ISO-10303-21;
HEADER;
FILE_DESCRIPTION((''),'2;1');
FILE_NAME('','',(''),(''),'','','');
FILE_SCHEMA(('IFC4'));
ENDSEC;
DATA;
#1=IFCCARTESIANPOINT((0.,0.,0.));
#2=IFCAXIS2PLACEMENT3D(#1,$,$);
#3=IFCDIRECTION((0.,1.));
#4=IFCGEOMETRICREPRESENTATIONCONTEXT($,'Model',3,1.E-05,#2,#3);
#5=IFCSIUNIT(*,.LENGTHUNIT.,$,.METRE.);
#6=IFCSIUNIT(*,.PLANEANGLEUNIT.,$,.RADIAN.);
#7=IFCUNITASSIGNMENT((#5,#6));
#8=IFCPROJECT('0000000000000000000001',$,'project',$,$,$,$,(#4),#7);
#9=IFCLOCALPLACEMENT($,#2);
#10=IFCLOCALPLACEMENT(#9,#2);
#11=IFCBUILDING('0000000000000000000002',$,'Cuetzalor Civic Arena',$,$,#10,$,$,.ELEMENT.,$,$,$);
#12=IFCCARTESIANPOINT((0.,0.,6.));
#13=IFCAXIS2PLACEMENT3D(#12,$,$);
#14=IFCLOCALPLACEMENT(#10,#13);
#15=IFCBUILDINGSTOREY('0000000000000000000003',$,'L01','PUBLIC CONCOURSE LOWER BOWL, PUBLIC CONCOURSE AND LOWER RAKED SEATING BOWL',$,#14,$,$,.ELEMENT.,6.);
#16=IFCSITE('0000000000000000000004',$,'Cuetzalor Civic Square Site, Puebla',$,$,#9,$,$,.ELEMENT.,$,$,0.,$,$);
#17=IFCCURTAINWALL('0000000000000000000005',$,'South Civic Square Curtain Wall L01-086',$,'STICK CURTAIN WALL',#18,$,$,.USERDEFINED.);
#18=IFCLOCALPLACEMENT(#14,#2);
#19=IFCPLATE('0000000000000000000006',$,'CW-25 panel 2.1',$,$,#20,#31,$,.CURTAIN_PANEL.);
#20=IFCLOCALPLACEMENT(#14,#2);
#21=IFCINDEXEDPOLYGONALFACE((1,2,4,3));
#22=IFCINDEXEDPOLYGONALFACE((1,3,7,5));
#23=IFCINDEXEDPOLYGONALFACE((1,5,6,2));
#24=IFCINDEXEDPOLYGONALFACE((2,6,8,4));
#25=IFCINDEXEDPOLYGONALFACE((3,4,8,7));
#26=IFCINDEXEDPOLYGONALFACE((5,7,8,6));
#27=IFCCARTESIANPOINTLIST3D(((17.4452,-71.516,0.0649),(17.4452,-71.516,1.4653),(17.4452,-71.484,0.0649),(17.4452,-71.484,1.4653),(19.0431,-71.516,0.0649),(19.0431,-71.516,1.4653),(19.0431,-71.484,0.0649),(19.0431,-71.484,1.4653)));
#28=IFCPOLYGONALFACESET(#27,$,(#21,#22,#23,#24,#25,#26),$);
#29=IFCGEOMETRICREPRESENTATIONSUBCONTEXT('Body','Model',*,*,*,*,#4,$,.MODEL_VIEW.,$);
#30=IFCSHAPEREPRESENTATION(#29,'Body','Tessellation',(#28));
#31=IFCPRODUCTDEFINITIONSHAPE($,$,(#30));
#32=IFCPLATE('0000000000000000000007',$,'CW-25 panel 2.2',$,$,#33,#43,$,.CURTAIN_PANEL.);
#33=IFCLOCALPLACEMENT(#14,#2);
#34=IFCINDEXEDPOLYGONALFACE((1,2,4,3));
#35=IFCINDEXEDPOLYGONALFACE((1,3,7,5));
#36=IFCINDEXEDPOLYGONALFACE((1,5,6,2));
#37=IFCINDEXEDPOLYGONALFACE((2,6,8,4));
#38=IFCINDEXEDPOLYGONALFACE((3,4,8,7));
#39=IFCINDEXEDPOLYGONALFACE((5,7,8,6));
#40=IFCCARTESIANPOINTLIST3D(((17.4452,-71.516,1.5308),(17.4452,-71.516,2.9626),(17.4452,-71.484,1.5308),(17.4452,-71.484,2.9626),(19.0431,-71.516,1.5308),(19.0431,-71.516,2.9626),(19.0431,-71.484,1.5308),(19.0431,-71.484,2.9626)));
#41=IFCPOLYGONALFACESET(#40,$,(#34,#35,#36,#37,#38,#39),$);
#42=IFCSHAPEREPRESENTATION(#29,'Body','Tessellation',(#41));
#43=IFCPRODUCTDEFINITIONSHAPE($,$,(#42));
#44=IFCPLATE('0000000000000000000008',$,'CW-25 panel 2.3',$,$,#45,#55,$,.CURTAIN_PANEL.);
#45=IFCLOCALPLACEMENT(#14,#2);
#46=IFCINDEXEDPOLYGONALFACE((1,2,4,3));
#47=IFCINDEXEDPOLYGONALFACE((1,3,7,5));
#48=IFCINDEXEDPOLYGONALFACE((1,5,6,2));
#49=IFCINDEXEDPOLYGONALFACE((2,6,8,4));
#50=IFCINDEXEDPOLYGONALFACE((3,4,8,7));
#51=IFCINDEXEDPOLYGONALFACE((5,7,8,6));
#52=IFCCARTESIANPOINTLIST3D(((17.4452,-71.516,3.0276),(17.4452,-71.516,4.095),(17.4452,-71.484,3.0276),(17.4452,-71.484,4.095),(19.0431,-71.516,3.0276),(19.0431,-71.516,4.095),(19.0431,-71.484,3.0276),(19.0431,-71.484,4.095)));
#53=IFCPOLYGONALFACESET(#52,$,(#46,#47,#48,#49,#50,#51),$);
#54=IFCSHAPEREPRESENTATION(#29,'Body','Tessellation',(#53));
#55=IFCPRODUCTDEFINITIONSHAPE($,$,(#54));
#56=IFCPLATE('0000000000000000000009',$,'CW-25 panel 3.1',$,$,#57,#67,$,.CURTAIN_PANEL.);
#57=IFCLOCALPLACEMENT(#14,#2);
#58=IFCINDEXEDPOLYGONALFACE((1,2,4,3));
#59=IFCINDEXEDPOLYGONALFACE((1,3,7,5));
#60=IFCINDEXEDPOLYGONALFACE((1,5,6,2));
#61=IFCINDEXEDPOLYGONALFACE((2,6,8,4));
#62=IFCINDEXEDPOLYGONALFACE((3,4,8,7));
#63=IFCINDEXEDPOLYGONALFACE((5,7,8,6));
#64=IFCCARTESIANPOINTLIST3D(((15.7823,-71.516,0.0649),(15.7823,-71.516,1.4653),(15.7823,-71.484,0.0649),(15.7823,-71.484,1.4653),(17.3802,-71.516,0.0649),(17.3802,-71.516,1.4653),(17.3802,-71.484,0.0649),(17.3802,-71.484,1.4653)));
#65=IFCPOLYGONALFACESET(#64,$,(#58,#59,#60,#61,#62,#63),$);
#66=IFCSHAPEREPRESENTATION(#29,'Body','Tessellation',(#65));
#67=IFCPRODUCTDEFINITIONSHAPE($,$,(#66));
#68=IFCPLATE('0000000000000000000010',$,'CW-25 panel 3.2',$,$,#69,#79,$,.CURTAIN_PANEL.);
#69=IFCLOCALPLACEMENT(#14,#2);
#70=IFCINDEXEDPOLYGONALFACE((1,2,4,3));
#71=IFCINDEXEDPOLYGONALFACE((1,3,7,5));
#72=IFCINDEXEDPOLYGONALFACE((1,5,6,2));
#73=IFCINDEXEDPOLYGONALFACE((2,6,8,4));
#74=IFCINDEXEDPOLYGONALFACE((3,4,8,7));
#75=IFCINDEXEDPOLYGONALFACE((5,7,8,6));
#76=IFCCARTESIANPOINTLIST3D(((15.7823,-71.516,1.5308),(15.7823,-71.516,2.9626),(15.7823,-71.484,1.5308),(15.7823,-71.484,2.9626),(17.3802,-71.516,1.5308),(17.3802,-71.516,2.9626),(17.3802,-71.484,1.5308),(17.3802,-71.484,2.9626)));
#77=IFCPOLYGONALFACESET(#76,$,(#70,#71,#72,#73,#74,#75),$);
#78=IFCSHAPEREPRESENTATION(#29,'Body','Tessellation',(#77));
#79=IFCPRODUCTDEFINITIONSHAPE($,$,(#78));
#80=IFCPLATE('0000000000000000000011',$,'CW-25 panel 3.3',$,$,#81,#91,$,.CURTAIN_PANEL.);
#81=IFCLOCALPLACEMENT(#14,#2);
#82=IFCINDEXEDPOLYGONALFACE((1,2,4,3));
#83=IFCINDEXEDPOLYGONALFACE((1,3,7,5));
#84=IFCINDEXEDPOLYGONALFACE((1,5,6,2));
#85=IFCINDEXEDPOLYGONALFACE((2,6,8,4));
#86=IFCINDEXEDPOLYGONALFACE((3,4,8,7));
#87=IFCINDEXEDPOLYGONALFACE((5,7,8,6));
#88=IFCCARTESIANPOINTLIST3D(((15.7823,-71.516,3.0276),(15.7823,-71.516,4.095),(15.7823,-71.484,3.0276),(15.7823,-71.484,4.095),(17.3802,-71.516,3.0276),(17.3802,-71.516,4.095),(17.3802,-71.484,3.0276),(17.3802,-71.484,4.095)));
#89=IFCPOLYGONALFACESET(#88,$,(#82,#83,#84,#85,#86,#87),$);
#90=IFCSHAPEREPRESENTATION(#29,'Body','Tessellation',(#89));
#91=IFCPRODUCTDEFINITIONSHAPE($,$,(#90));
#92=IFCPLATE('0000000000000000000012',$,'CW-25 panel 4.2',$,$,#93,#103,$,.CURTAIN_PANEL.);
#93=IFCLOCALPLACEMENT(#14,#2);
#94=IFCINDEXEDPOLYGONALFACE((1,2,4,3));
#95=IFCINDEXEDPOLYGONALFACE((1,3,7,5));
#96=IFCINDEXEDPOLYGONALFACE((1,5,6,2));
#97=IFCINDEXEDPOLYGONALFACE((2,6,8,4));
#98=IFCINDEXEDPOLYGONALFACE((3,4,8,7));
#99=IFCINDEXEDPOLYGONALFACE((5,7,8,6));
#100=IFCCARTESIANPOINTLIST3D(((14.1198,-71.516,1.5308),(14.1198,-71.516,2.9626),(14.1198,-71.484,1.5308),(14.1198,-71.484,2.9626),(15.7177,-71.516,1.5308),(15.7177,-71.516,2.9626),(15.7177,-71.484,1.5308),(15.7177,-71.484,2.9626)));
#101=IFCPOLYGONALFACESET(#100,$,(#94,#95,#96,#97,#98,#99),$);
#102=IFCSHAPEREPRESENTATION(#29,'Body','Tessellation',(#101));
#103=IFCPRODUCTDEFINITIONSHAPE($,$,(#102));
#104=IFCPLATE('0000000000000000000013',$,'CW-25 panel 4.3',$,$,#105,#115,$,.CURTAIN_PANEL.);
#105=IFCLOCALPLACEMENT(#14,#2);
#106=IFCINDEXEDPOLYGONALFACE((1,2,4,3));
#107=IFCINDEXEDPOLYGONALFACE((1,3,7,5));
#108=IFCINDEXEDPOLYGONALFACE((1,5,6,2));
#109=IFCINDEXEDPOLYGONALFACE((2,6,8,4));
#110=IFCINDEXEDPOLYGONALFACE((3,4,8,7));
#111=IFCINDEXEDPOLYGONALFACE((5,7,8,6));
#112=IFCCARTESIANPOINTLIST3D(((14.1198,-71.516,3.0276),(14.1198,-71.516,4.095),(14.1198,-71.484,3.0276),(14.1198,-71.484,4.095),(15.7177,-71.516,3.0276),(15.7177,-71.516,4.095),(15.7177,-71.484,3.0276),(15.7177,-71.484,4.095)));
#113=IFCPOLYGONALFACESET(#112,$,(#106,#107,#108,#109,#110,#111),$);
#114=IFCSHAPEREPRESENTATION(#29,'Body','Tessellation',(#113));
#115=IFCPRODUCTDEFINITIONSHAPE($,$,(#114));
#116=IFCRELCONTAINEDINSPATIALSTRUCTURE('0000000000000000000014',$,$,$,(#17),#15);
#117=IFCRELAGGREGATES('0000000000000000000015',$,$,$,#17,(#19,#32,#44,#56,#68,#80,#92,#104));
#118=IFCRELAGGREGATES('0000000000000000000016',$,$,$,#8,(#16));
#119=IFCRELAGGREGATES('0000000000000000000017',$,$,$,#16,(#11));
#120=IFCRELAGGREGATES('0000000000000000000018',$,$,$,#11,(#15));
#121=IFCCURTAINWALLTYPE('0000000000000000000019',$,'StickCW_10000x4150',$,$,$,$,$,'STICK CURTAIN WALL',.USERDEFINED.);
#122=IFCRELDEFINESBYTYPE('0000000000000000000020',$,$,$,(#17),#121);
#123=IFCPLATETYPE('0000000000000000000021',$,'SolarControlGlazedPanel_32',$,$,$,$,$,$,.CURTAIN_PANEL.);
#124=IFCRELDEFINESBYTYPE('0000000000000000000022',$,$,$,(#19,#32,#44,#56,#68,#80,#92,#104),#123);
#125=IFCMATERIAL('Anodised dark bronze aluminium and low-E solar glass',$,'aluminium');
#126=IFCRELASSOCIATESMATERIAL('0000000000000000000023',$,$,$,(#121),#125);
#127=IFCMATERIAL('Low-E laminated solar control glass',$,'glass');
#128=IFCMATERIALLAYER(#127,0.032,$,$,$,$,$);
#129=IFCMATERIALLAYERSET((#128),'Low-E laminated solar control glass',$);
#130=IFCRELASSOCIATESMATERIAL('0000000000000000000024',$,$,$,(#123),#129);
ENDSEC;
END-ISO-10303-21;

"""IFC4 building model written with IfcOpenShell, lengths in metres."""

from ifc_helpers import new_model, si_unit, direction, frame, origin, origin_2d, place, context, subcontext, project, spatial, rectangle, extrude, material, layer, layer_set, type_object, element, aggregate, save


model = new_model("IFC4")

# Units and contexts
model_context = context("Model", 3, precision=1e-05, world=origin(), true_north=direction((0.0, 1.0)))
body_context = subcontext(model_context, "Body", "Model", "MODEL_VIEW")
ifc_project = project(units=[si_unit("LENGTHUNIT", "METRE"), si_unit("PLANEANGLEUNIT", "RADIAN")], contexts=[model_context])

# Site, building, storey
site_placement = place(None, origin())
site = spatial("IfcSite", under=ifc_project, at=site_placement, Name="Cuetzalor Civic Square Site, Puebla", CompositionType="ELEMENT", RefElevation=0.0)
building_placement = place(site_placement, origin())
building = spatial("IfcBuilding", under=site, at=building_placement, Name="Cuetzalor Civic Arena", CompositionType="ELEMENT")
storey_placement = place(building_placement, frame((0.0, 0.0, 6.0)))
storey = spatial("IfcBuildingStorey", under=building, at=storey_placement, Name="L01", Description="PUBLIC CONCOURSE LOWER BOWL, PUBLIC CONCOURSE AND LOWER RAKED SEATING BOWL", CompositionType="ELEMENT", Elevation=6.0)

# Curtain wall, plates
ifc_material_1 = material(Name="Anodised dark bronze aluminium and low-E solar glass", Category="aluminium")
curtain_wall_type = type_object("IfcCurtainWallType", Name="StickCW_10000x4150", ElementType="STICK CURTAIN WALL", PredefinedType="USERDEFINED", material=ifc_material_1)
curtain_wall_placement = place(storey_placement, origin())
curtain_wall = element("IfcCurtainWall", 1, at=curtain_wall_placement, inside=storey, type_object=curtain_wall_type, Name="South Civic Square Curtain Wall L01-086", ObjectType="STICK CURTAIN WALL", PredefinedType="USERDEFINED")
ifc_material_2 = material(Name="Low-E laminated solar control glass", Category="glass")
ifc_layer = layer(ifc_material_2, 0.032)
ifc_layer_set = layer_set([ifc_layer], Name="Low-E laminated solar control glass")
plate_type = type_object("IfcPlateType", Name="SolarControlGlazedPanel_32", PredefinedType="CURTAIN_PANEL", material=ifc_layer_set)
plate_1_placement = place(storey_placement, frame((18.2441, -71.5, 0.0649), z_axis=(0.0, 0.0, 1.0), x_axis=(-1.0, 0.0, 0.0)))
plate_1 = element("IfcPlate", 2, at=plate_1_placement, type_object=plate_type, Name="CW-25 panel 2.1", PredefinedType="CURTAIN_PANEL", context=body_context, shape_type="SweptSolid", body=[
    extrude(rectangle(XDim=1.5979, YDim=0.032, at=origin_2d()), origin(), (0.0, 0.0, 1.0), 1.4004),
])
plate_2_placement = place(storey_placement, frame((18.2441, -71.5, 1.5308), z_axis=(0.0, 0.0, 1.0), x_axis=(-1.0, 0.0, 0.0)))
plate_2 = element("IfcPlate", 3, at=plate_2_placement, type_object=plate_type, Name="CW-25 panel 2.2", PredefinedType="CURTAIN_PANEL", context=body_context, shape_type="SweptSolid", body=[
    extrude(rectangle(XDim=1.5979, YDim=0.032, at=origin_2d()), origin(), (0.0, 0.0, 1.0), 1.4319),
])
plate_3_placement = place(storey_placement, frame((18.2441, -71.5, 3.0276), z_axis=(0.0, 0.0, 1.0), x_axis=(-1.0, 0.0, 0.0)))
plate_3 = element("IfcPlate", 4, at=plate_3_placement, type_object=plate_type, Name="CW-25 panel 2.3", PredefinedType="CURTAIN_PANEL", context=body_context, shape_type="SweptSolid", body=[
    extrude(rectangle(XDim=1.5979, YDim=0.032, at=origin_2d()), origin(), (0.0, 0.0, 1.0), 1.0674),
])
plate_4_placement = place(storey_placement, frame((16.5813, -71.5, 0.0649), z_axis=(0.0, 0.0, 1.0), x_axis=(-1.0, 0.0, 0.0)))
plate_4 = element("IfcPlate", 5, at=plate_4_placement, type_object=plate_type, Name="CW-25 panel 3.1", PredefinedType="CURTAIN_PANEL", context=body_context, shape_type="SweptSolid", body=[
    extrude(rectangle(XDim=1.5979, YDim=0.032, at=origin_2d()), origin(), (0.0, 0.0, 1.0), 1.4004),
])
plate_5_placement = place(storey_placement, frame((16.5813, -71.5, 1.5308), z_axis=(0.0, 0.0, 1.0), x_axis=(-1.0, 0.0, 0.0)))
plate_5 = element("IfcPlate", 6, at=plate_5_placement, type_object=plate_type, Name="CW-25 panel 3.2", PredefinedType="CURTAIN_PANEL", context=body_context, shape_type="SweptSolid", body=[
    extrude(rectangle(XDim=1.5979, YDim=0.032, at=origin_2d()), origin(), (0.0, 0.0, 1.0), 1.4319),
])
plate_6_placement = place(storey_placement, frame((16.5813, -71.5, 3.0276), z_axis=(0.0, 0.0, 1.0), x_axis=(-1.0, 0.0, 0.0)))
plate_6 = element("IfcPlate", 7, at=plate_6_placement, type_object=plate_type, Name="CW-25 panel 3.3", PredefinedType="CURTAIN_PANEL", context=body_context, shape_type="SweptSolid", body=[
    extrude(rectangle(XDim=1.5979, YDim=0.032, at=origin_2d()), origin(), (0.0, 0.0, 1.0), 1.0674),
])
plate_7_placement = place(storey_placement, frame((14.9187, -71.5, 1.5308), z_axis=(0.0, 0.0, 1.0), x_axis=(-1.0, 0.0, 0.0)))
plate_7 = element("IfcPlate", 8, at=plate_7_placement, type_object=plate_type, Name="CW-25 panel 4.2", PredefinedType="CURTAIN_PANEL", context=body_context, shape_type="SweptSolid", body=[
    extrude(rectangle(XDim=1.5979, YDim=0.032, at=origin_2d()), origin(), (0.0, 0.0, 1.0), 1.4319),
])
plate_8_placement = place(storey_placement, frame((14.9187, -71.5, 3.0276), z_axis=(0.0, 0.0, 1.0), x_axis=(-1.0, 0.0, 0.0)))
plate_8 = element("IfcPlate", 9, at=plate_8_placement, type_object=plate_type, Name="CW-25 panel 4.3", PredefinedType="CURTAIN_PANEL", context=body_context, shape_type="SweptSolid", body=[
    extrude(rectangle(XDim=1.5979, YDim=0.032, at=origin_2d()), origin(), (0.0, 0.0, 1.0), 1.0674),
])
aggregate(curtain_wall, [plate_1, plate_2, plate_3, plate_4, plate_5, plate_6, plate_7, plate_8])

save(model, "model.ifc")
